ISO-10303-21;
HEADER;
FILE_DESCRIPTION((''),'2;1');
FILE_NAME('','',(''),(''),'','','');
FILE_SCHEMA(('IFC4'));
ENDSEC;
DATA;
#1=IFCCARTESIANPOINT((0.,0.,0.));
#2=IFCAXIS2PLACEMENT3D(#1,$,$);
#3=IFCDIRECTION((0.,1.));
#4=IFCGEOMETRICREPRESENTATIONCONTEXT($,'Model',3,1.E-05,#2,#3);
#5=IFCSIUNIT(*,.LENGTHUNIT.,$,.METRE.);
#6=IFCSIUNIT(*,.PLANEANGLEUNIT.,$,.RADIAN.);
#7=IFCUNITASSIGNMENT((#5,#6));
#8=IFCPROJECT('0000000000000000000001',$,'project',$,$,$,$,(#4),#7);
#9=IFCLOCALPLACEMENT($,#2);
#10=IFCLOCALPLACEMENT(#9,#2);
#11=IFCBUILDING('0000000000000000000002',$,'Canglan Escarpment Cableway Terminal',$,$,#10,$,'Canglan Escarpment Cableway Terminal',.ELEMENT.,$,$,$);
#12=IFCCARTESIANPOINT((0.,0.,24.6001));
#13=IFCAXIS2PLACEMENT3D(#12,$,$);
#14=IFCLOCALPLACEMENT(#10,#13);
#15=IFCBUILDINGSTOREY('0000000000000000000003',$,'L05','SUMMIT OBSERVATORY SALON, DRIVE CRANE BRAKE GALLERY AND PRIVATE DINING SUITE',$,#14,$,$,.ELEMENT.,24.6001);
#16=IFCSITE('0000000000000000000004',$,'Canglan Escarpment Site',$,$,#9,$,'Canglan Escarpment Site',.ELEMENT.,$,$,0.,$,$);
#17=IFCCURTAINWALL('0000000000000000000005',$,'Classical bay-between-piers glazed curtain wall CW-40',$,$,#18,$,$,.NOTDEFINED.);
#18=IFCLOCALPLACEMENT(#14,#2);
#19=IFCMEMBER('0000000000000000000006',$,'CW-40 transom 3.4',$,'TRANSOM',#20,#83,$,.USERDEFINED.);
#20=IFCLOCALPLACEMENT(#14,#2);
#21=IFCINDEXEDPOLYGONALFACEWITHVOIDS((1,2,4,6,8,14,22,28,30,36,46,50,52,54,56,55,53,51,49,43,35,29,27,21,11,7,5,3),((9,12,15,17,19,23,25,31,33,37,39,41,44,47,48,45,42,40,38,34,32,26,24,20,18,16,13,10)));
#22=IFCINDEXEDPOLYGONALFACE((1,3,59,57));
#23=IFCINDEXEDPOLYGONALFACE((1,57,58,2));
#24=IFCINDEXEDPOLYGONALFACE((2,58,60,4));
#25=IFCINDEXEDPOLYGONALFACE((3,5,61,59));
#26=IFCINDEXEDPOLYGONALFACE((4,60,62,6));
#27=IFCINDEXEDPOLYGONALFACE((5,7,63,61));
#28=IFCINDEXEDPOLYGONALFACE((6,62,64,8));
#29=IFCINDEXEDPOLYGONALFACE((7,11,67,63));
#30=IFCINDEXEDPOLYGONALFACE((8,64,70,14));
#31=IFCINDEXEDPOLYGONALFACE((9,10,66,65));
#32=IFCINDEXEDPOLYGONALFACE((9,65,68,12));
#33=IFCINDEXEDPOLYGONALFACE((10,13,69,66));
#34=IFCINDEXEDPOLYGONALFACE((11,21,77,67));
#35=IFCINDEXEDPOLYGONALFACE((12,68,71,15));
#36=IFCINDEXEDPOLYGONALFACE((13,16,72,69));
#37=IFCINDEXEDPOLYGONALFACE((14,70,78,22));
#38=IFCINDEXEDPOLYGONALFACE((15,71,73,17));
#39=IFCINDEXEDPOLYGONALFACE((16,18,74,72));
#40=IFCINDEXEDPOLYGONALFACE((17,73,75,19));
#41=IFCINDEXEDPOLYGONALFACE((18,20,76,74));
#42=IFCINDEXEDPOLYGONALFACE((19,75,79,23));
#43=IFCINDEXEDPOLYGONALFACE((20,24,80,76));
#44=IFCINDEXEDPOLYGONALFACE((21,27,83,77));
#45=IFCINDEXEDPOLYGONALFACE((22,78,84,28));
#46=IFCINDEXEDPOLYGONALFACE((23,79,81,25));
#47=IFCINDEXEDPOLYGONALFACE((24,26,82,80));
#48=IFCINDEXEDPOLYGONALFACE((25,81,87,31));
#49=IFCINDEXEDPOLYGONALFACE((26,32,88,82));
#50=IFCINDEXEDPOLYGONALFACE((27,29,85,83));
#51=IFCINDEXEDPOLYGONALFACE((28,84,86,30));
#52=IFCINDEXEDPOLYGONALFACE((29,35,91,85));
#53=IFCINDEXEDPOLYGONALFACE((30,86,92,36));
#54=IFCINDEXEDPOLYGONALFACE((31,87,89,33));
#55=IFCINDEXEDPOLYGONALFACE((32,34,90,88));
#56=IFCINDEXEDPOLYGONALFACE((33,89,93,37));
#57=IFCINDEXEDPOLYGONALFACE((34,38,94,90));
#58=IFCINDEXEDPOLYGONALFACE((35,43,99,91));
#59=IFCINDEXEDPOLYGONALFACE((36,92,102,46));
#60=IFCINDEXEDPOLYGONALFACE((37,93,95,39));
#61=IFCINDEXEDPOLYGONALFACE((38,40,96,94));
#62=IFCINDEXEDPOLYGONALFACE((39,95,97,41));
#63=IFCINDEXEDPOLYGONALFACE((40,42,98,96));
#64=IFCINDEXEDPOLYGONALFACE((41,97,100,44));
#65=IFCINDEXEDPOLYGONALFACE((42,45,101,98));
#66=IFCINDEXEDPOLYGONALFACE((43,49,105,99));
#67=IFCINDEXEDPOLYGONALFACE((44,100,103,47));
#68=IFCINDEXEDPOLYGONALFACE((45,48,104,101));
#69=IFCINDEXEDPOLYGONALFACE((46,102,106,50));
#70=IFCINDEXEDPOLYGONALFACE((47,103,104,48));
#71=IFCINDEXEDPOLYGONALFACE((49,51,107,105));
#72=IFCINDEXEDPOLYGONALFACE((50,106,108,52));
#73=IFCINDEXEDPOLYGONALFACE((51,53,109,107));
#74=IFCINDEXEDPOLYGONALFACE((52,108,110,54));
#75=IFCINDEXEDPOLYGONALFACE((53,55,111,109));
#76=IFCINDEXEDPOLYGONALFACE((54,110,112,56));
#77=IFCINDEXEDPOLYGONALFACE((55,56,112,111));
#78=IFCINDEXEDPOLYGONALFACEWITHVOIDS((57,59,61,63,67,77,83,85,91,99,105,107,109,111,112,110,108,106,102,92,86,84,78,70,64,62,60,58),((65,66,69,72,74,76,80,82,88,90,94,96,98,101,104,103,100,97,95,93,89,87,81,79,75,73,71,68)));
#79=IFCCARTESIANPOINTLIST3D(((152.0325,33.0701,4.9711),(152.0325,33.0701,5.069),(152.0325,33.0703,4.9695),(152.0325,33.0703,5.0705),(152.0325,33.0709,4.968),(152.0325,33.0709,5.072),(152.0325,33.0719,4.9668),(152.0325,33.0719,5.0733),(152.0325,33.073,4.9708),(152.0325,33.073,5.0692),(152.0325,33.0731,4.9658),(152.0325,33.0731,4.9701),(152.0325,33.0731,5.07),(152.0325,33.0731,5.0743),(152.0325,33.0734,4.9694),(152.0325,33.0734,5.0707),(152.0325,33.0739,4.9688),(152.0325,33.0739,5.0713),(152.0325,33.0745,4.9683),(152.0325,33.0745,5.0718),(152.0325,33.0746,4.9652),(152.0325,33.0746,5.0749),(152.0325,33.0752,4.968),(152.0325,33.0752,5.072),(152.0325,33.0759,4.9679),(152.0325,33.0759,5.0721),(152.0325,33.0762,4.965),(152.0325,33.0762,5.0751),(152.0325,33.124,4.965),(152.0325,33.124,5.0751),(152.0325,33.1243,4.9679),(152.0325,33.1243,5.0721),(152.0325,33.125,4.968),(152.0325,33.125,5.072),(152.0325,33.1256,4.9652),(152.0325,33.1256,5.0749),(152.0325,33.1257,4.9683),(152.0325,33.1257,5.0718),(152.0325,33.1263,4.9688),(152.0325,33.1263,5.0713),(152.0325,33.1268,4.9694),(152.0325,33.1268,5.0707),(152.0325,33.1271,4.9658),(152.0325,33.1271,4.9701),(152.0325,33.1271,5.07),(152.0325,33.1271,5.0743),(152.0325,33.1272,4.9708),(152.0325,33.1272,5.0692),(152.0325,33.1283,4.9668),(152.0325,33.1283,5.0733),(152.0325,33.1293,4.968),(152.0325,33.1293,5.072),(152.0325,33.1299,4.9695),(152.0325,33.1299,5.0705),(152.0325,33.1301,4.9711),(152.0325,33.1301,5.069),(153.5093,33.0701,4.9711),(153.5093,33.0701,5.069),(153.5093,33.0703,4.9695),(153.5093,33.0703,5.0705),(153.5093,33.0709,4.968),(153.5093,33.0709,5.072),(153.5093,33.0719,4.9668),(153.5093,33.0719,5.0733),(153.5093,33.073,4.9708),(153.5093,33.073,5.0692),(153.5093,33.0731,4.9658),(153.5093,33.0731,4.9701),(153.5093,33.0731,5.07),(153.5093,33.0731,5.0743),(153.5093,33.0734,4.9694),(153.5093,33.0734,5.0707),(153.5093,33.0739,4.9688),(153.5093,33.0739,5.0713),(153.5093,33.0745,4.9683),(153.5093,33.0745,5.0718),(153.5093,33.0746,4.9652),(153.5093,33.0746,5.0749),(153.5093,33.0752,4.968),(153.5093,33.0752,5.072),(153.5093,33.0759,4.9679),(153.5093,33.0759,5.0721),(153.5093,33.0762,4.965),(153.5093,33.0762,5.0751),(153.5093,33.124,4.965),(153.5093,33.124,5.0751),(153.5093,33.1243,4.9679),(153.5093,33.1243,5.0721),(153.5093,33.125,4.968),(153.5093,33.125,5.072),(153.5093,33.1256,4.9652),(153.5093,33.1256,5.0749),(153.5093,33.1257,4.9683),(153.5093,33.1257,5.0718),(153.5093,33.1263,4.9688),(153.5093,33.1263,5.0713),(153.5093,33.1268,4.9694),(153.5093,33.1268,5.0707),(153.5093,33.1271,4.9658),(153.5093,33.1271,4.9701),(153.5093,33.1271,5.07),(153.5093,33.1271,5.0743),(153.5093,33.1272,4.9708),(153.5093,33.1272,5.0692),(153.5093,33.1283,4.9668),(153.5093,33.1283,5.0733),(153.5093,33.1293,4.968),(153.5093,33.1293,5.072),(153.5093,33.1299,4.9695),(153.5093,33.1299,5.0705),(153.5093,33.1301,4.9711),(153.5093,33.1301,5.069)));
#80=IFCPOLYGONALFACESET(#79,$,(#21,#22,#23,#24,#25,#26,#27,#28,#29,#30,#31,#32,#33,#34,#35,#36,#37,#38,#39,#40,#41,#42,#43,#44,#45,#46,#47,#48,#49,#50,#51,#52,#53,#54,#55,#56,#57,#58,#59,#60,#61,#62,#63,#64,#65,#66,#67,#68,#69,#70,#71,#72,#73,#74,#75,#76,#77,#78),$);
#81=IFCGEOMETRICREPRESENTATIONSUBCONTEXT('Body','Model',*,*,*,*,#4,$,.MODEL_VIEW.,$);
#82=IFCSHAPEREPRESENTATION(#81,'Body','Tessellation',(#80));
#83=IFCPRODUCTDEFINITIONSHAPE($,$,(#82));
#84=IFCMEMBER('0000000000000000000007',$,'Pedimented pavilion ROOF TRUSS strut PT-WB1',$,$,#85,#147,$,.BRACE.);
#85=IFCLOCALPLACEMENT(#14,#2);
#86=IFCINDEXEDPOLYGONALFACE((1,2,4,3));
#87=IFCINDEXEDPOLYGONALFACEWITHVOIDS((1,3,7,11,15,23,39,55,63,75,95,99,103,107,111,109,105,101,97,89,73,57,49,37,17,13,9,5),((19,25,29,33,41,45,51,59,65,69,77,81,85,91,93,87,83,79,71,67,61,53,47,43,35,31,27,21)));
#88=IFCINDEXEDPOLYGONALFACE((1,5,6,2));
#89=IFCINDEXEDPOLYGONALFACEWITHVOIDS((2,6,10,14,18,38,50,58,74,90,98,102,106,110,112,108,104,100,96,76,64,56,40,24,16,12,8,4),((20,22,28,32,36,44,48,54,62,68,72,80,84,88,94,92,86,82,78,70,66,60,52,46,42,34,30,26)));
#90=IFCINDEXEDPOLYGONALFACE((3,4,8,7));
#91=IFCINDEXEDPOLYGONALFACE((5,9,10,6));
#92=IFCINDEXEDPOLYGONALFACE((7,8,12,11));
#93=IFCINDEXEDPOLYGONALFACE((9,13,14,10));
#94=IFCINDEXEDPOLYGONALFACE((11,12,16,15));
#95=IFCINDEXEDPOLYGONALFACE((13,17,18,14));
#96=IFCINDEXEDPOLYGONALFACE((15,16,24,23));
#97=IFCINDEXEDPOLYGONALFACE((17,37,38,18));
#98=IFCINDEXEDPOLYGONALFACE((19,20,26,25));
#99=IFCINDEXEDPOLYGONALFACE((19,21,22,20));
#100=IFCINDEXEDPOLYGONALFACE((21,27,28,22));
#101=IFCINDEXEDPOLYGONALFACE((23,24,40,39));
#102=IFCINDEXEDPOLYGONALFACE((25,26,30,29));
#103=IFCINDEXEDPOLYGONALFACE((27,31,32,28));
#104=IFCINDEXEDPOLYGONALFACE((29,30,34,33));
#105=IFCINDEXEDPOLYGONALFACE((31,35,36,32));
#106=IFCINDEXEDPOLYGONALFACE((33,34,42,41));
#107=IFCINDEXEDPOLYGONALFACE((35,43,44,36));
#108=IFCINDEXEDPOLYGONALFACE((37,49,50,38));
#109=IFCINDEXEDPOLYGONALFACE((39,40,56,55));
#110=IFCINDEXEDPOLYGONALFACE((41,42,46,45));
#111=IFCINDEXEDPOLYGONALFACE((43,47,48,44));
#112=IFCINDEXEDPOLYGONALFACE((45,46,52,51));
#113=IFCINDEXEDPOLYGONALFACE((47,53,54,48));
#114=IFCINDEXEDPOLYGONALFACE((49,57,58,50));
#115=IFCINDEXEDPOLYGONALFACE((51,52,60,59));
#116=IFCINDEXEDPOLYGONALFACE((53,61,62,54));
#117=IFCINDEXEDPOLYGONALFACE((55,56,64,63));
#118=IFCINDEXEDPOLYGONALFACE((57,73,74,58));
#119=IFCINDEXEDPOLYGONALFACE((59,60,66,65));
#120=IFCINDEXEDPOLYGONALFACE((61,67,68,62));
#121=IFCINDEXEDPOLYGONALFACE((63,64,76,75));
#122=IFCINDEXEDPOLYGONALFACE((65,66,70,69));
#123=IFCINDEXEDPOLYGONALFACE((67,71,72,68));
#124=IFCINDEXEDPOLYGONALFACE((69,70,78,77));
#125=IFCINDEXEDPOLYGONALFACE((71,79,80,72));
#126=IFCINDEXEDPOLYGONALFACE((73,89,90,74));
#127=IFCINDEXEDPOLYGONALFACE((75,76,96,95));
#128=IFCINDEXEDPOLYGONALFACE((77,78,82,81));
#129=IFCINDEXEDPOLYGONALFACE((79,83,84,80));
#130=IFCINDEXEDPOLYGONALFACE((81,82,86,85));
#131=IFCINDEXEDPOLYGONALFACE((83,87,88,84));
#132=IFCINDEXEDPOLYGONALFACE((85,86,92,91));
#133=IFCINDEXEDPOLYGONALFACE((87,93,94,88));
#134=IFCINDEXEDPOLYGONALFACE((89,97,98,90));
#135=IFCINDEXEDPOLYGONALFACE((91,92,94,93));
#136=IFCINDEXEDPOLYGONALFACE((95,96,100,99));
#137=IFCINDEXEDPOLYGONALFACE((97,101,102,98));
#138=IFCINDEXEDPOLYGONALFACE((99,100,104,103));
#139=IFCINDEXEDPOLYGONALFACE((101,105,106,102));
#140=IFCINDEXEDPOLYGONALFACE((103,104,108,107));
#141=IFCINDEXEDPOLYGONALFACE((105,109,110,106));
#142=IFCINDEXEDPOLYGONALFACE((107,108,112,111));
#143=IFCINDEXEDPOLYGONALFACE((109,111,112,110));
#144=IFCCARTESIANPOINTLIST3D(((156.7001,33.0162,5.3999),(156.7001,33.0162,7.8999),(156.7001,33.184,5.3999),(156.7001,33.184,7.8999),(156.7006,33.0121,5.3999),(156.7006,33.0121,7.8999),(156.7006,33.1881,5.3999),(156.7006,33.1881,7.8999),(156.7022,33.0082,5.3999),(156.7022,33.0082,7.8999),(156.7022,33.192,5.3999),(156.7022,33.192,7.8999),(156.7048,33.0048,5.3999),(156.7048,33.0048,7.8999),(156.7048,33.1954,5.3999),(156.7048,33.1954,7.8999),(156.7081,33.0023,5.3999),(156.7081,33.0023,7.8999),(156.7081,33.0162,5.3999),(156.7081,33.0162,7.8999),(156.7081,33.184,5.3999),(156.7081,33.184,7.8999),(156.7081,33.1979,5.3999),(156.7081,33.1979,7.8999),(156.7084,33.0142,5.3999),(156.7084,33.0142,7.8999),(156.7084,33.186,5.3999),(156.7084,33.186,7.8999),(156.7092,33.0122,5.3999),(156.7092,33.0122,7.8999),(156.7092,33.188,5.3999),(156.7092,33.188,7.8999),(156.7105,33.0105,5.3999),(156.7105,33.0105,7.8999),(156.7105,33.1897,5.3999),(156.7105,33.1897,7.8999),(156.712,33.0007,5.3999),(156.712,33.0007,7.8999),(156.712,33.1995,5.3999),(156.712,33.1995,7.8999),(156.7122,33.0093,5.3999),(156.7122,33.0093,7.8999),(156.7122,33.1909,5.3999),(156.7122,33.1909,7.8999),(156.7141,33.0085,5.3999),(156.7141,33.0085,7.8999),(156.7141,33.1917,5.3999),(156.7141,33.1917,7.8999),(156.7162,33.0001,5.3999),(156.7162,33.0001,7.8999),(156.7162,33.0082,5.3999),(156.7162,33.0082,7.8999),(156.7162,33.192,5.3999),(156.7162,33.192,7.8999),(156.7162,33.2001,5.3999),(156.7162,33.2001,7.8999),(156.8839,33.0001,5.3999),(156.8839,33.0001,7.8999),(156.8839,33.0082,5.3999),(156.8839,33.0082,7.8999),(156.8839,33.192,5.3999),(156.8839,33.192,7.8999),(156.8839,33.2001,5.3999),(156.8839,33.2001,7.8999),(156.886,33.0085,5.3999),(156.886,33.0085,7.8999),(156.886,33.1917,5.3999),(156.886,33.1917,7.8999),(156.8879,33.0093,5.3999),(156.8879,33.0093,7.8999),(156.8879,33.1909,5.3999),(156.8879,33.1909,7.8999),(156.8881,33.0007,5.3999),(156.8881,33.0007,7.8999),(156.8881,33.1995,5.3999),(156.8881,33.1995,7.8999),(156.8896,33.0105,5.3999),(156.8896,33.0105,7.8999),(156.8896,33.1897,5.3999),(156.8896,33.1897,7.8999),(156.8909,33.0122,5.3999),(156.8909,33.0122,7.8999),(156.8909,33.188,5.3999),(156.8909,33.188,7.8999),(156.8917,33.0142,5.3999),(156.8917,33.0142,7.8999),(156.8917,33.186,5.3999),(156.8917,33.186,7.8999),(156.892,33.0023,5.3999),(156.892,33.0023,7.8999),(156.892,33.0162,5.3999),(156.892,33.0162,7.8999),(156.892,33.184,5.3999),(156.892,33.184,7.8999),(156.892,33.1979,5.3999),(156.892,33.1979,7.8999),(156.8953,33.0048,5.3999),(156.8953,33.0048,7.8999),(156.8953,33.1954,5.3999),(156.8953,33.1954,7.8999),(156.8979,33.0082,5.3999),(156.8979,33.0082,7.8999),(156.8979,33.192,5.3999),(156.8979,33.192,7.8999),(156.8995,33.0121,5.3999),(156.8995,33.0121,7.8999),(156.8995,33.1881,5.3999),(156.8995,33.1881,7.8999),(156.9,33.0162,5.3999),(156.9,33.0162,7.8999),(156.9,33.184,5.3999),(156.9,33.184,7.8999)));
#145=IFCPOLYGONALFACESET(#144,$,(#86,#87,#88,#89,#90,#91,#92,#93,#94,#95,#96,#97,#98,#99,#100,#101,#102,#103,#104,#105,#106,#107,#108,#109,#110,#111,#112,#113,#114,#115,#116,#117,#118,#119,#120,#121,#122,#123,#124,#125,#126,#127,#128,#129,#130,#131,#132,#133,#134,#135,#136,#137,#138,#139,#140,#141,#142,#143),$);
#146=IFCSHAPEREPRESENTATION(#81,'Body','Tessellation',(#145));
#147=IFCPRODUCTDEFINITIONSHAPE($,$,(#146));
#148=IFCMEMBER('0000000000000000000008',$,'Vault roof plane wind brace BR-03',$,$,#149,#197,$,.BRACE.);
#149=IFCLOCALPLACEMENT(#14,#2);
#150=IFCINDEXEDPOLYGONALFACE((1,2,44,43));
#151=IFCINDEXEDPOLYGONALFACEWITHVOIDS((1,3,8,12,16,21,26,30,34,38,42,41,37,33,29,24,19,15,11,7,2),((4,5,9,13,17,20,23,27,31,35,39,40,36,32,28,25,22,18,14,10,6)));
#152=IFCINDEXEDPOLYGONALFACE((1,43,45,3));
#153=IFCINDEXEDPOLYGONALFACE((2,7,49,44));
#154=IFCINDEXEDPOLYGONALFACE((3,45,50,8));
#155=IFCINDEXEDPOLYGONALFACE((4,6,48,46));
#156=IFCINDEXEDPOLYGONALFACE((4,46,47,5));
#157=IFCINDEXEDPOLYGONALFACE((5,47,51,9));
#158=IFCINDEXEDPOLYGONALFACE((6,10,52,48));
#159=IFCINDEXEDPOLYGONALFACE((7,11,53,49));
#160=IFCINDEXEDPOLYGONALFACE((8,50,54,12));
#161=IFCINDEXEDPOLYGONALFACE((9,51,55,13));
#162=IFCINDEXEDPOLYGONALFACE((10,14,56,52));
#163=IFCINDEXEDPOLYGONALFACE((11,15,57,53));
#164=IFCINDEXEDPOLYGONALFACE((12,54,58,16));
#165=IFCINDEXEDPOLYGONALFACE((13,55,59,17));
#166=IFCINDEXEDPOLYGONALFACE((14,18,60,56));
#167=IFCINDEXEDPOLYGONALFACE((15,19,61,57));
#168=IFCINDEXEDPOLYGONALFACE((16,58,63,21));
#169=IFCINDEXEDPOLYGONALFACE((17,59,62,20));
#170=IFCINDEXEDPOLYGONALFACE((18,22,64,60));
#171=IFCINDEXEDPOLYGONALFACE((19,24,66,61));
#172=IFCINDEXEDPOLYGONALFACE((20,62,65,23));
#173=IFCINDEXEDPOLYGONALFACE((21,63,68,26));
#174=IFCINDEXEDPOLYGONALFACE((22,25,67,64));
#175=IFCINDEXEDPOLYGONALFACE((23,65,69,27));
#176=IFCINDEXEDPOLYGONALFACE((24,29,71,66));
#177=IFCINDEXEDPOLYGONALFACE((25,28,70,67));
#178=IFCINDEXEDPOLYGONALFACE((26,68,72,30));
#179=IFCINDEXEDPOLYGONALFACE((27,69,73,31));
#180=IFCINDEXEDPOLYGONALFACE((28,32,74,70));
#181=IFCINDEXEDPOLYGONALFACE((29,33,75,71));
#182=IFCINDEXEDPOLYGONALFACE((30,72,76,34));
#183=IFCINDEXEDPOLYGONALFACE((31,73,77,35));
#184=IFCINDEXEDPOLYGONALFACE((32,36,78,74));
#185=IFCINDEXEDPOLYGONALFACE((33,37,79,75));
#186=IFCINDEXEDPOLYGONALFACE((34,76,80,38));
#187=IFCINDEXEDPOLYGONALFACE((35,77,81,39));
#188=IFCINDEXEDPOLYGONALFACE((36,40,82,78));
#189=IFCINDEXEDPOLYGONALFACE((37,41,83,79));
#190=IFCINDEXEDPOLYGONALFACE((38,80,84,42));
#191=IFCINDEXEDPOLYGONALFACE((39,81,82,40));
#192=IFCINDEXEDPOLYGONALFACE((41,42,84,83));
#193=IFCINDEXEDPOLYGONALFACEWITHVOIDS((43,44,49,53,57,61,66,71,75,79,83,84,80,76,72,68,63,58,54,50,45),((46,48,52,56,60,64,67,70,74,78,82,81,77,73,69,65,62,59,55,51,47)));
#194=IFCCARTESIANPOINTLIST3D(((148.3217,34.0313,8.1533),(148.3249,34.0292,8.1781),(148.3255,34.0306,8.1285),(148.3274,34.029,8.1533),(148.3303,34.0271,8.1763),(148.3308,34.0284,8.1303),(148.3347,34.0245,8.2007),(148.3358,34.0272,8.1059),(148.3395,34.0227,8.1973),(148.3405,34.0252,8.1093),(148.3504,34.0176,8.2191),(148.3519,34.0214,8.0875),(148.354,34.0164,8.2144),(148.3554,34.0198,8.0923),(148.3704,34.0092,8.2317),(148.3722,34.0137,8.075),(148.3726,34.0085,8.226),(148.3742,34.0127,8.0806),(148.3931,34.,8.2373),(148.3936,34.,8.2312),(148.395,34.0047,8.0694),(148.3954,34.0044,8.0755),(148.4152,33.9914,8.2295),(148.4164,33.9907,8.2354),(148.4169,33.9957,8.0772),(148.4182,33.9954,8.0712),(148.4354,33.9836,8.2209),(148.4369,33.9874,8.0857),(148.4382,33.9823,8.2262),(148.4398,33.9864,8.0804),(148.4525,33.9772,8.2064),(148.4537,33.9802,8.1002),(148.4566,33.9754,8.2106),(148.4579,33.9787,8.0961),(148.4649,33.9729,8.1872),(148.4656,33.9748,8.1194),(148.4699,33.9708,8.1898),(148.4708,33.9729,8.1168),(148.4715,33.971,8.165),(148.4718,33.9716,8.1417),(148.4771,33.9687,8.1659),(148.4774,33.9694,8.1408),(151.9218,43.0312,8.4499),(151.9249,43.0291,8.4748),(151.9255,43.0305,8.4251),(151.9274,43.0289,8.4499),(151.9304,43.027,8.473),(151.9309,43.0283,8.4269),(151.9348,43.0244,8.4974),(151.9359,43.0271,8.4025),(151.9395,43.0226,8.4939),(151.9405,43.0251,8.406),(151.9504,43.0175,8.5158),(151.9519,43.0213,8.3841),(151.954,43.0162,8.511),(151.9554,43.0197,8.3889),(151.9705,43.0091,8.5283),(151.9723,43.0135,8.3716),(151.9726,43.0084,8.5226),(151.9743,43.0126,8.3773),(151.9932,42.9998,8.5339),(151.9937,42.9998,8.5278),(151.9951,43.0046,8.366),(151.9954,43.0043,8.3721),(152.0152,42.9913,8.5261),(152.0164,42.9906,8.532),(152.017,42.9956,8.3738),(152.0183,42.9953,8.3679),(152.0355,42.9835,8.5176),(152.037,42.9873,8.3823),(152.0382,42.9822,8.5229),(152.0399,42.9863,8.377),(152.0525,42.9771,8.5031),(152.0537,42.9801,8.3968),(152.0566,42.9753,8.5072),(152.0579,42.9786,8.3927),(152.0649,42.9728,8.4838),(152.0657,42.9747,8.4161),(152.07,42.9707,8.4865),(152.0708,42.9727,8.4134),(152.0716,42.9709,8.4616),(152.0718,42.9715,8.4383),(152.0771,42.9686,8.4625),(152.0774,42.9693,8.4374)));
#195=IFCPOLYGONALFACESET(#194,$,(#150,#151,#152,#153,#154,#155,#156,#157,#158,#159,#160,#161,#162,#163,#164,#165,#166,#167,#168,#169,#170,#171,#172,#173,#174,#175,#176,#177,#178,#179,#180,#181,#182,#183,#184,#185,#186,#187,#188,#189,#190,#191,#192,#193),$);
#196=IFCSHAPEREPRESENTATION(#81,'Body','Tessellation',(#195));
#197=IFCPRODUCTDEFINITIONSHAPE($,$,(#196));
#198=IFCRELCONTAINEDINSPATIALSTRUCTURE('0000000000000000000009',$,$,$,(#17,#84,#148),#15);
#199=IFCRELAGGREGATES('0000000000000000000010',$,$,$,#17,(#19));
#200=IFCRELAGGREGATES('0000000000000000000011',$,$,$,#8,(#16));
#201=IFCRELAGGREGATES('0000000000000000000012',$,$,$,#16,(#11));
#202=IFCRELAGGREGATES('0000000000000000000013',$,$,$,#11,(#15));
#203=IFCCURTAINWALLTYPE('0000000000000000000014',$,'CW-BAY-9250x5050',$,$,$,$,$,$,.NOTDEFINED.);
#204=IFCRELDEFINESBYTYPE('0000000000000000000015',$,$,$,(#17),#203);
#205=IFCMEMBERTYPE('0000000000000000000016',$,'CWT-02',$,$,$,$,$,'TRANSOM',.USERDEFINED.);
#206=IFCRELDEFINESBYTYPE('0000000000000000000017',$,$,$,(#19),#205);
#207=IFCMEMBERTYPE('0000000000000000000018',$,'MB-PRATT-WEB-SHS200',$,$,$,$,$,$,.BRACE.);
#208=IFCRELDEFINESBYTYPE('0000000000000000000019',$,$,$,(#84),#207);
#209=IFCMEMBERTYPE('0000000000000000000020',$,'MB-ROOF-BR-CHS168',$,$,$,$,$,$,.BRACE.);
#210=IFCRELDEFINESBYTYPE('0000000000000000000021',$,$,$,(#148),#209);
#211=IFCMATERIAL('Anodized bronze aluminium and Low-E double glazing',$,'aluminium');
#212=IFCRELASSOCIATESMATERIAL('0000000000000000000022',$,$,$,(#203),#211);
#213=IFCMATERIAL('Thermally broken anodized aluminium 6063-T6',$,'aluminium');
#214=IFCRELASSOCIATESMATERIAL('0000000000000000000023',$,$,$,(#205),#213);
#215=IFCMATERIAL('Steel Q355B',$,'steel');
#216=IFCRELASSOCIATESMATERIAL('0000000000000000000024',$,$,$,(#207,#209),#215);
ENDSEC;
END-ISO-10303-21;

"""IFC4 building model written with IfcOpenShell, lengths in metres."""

from ifc_helpers import new_model, si_unit, direction, frame, origin, origin_2d, place, context, subcontext, project, spatial, hollow_rectangle, hollow_circle, extrude, material, material_profile, profile_set, type_object, element, aggregate, save


model = new_model("IFC4")

# Units and contexts
model_context = context("Model", 3, precision=1e-05, world=origin(), true_north=direction((0.0, 1.0)))
body_context = subcontext(model_context, "Body", "Model", "MODEL_VIEW")
ifc_project = project(units=[si_unit("LENGTHUNIT", "METRE"), si_unit("PLANEANGLEUNIT", "RADIAN")], contexts=[model_context])

# Site, building, storey
site_placement = place(None, origin())
site = spatial("IfcSite", under=ifc_project, at=site_placement, Name="Canglan Escarpment Site", LongName="Canglan Escarpment Site", CompositionType="ELEMENT", RefElevation=0.0)
building_placement = place(site_placement, origin())
building = spatial("IfcBuilding", under=site, at=building_placement, Name="Canglan Escarpment Cableway Terminal", LongName="Canglan Escarpment Cableway Terminal", CompositionType="ELEMENT")
storey_placement = place(building_placement, frame((0.0, 0.0, 24.6001)))
storey = spatial("IfcBuildingStorey", under=building, at=storey_placement, Name="L05", Description="SUMMIT OBSERVATORY SALON, DRIVE CRANE BRAKE GALLERY AND PRIVATE DINING SUITE", CompositionType="ELEMENT", Elevation=24.6001)

# Shared definitions
ifc_material_1 = material(Name="Steel Q355B", Category="steel")

# Curtain wall, member
ifc_material_2 = material(Name="Anodized bronze aluminium and Low-E double glazing", Category="aluminium")
curtain_wall_type = type_object("IfcCurtainWallType", Name="CW-BAY-9250x5050", PredefinedType="NOTDEFINED", material=ifc_material_2)
curtain_wall_placement = place(storey_placement, origin())
curtain_wall = element("IfcCurtainWall", 1, at=curtain_wall_placement, inside=storey, type_object=curtain_wall_type, Name="Classical bay-between-piers glazed curtain wall CW-40", PredefinedType="NOTDEFINED")
ifc_material_3 = material(Name="Thermally broken anodized aluminium 6063-T6", Category="aluminium")
ifc_material_profile_1 = material_profile(ifc_material_3, hollow_rectangle(XDim=0.0601, YDim=0.1101, WallThickness=0.0029, InnerFilletRadius=0.0029, OuterFilletRadius=0.0061, at=origin_2d()), Name="ALU-TRAN 60x110x3")
ifc_profile_set_1 = profile_set([ifc_material_profile_1], Name="Thermally broken anodized aluminium 6063-T6")
member_type_1 = type_object("IfcMemberType", Name="CWT-02", ElementType="TRANSOM", PredefinedType="USERDEFINED", material=ifc_profile_set_1)
member_1_placement = place(storey_placement, frame((153.5093, 33.1001, 5.02), z_axis=(-1.0, 0.0, 0.0), x_axis=(0.0, -1.0, 0.0)))
member_1 = element("IfcMember", 2, at=member_1_placement, type_object=member_type_1, Name="CW-40 transom 3.4", ObjectType="TRANSOM", PredefinedType="USERDEFINED", context=body_context, shape_type="SweptSolid", body=[
    extrude(hollow_rectangle(XDim=0.0601, YDim=0.1101, WallThickness=0.0029, InnerFilletRadius=0.0029, OuterFilletRadius=0.0061, at=origin_2d()), origin(), (0.0, 0.0, 1.0), 1.4768),
])

# Members
ifc_material_profile_2 = material_profile(ifc_material_1, hollow_rectangle(XDim=0.2, YDim=0.2, WallThickness=0.0081, InnerFilletRadius=0.0081, OuterFilletRadius=0.0161, at=origin_2d()), Name="SHS 200x200x8")
ifc_profile_set_2 = profile_set([ifc_material_profile_2], Name="Steel Q355B")
member_type_2 = type_object("IfcMemberType", Name="MB-PRATT-WEB-SHS200", PredefinedType="BRACE", material=ifc_profile_set_2)
member_2_placement = place(storey_placement, frame((156.8, 33.1001, 5.3999), z_axis=(0.0, 0.0, 1.0), x_axis=(1.0, 0.0, 0.0)))
element("IfcMember", 3, at=member_2_placement, inside=storey, type_object=member_type_2, Name="Pedimented pavilion ROOF TRUSS strut PT-WB1", PredefinedType="BRACE", context=body_context, shape_type="SweptSolid", body=[
    extrude(hollow_rectangle(XDim=0.2, YDim=0.2, WallThickness=0.0081, InnerFilletRadius=0.0081, OuterFilletRadius=0.0161, at=origin_2d()), origin(), (0.0, 0.0, 1.0), 2.5),
])
ifc_material_profile_3 = material_profile(ifc_material_1, hollow_circle(Radius=0.0842, WallThickness=0.0061, at=origin_2d()), Name="CHS 168.3x6")
ifc_profile_set_3 = profile_set([ifc_material_profile_3], Name="Steel Q355B")
member_type_3 = type_object("IfcMemberType", Name="MB-ROOF-BR-CHS168", PredefinedType="BRACE", material=ifc_profile_set_3)
member_3_placement = place(storey_placement, frame((148.3999, 34.0, 8.1533), z_axis=(0.371226, 0.928039, 0.030587), x_axis=(-0.928473, 0.371399, 0.0)))
element("IfcMember", 4, at=member_3_placement, inside=storey, type_object=member_type_3, Name="Vault roof plane wind brace BR-03", PredefinedType="BRACE", context=body_context, shape_type="SweptSolid", body=[
    extrude(hollow_circle(Radius=0.0842, WallThickness=0.0061, at=origin_2d()), origin(), (0.0, 0.0, 1.0), 9.6978),
])

aggregate(curtain_wall, [member_1])

save(model, "model.ifc")
